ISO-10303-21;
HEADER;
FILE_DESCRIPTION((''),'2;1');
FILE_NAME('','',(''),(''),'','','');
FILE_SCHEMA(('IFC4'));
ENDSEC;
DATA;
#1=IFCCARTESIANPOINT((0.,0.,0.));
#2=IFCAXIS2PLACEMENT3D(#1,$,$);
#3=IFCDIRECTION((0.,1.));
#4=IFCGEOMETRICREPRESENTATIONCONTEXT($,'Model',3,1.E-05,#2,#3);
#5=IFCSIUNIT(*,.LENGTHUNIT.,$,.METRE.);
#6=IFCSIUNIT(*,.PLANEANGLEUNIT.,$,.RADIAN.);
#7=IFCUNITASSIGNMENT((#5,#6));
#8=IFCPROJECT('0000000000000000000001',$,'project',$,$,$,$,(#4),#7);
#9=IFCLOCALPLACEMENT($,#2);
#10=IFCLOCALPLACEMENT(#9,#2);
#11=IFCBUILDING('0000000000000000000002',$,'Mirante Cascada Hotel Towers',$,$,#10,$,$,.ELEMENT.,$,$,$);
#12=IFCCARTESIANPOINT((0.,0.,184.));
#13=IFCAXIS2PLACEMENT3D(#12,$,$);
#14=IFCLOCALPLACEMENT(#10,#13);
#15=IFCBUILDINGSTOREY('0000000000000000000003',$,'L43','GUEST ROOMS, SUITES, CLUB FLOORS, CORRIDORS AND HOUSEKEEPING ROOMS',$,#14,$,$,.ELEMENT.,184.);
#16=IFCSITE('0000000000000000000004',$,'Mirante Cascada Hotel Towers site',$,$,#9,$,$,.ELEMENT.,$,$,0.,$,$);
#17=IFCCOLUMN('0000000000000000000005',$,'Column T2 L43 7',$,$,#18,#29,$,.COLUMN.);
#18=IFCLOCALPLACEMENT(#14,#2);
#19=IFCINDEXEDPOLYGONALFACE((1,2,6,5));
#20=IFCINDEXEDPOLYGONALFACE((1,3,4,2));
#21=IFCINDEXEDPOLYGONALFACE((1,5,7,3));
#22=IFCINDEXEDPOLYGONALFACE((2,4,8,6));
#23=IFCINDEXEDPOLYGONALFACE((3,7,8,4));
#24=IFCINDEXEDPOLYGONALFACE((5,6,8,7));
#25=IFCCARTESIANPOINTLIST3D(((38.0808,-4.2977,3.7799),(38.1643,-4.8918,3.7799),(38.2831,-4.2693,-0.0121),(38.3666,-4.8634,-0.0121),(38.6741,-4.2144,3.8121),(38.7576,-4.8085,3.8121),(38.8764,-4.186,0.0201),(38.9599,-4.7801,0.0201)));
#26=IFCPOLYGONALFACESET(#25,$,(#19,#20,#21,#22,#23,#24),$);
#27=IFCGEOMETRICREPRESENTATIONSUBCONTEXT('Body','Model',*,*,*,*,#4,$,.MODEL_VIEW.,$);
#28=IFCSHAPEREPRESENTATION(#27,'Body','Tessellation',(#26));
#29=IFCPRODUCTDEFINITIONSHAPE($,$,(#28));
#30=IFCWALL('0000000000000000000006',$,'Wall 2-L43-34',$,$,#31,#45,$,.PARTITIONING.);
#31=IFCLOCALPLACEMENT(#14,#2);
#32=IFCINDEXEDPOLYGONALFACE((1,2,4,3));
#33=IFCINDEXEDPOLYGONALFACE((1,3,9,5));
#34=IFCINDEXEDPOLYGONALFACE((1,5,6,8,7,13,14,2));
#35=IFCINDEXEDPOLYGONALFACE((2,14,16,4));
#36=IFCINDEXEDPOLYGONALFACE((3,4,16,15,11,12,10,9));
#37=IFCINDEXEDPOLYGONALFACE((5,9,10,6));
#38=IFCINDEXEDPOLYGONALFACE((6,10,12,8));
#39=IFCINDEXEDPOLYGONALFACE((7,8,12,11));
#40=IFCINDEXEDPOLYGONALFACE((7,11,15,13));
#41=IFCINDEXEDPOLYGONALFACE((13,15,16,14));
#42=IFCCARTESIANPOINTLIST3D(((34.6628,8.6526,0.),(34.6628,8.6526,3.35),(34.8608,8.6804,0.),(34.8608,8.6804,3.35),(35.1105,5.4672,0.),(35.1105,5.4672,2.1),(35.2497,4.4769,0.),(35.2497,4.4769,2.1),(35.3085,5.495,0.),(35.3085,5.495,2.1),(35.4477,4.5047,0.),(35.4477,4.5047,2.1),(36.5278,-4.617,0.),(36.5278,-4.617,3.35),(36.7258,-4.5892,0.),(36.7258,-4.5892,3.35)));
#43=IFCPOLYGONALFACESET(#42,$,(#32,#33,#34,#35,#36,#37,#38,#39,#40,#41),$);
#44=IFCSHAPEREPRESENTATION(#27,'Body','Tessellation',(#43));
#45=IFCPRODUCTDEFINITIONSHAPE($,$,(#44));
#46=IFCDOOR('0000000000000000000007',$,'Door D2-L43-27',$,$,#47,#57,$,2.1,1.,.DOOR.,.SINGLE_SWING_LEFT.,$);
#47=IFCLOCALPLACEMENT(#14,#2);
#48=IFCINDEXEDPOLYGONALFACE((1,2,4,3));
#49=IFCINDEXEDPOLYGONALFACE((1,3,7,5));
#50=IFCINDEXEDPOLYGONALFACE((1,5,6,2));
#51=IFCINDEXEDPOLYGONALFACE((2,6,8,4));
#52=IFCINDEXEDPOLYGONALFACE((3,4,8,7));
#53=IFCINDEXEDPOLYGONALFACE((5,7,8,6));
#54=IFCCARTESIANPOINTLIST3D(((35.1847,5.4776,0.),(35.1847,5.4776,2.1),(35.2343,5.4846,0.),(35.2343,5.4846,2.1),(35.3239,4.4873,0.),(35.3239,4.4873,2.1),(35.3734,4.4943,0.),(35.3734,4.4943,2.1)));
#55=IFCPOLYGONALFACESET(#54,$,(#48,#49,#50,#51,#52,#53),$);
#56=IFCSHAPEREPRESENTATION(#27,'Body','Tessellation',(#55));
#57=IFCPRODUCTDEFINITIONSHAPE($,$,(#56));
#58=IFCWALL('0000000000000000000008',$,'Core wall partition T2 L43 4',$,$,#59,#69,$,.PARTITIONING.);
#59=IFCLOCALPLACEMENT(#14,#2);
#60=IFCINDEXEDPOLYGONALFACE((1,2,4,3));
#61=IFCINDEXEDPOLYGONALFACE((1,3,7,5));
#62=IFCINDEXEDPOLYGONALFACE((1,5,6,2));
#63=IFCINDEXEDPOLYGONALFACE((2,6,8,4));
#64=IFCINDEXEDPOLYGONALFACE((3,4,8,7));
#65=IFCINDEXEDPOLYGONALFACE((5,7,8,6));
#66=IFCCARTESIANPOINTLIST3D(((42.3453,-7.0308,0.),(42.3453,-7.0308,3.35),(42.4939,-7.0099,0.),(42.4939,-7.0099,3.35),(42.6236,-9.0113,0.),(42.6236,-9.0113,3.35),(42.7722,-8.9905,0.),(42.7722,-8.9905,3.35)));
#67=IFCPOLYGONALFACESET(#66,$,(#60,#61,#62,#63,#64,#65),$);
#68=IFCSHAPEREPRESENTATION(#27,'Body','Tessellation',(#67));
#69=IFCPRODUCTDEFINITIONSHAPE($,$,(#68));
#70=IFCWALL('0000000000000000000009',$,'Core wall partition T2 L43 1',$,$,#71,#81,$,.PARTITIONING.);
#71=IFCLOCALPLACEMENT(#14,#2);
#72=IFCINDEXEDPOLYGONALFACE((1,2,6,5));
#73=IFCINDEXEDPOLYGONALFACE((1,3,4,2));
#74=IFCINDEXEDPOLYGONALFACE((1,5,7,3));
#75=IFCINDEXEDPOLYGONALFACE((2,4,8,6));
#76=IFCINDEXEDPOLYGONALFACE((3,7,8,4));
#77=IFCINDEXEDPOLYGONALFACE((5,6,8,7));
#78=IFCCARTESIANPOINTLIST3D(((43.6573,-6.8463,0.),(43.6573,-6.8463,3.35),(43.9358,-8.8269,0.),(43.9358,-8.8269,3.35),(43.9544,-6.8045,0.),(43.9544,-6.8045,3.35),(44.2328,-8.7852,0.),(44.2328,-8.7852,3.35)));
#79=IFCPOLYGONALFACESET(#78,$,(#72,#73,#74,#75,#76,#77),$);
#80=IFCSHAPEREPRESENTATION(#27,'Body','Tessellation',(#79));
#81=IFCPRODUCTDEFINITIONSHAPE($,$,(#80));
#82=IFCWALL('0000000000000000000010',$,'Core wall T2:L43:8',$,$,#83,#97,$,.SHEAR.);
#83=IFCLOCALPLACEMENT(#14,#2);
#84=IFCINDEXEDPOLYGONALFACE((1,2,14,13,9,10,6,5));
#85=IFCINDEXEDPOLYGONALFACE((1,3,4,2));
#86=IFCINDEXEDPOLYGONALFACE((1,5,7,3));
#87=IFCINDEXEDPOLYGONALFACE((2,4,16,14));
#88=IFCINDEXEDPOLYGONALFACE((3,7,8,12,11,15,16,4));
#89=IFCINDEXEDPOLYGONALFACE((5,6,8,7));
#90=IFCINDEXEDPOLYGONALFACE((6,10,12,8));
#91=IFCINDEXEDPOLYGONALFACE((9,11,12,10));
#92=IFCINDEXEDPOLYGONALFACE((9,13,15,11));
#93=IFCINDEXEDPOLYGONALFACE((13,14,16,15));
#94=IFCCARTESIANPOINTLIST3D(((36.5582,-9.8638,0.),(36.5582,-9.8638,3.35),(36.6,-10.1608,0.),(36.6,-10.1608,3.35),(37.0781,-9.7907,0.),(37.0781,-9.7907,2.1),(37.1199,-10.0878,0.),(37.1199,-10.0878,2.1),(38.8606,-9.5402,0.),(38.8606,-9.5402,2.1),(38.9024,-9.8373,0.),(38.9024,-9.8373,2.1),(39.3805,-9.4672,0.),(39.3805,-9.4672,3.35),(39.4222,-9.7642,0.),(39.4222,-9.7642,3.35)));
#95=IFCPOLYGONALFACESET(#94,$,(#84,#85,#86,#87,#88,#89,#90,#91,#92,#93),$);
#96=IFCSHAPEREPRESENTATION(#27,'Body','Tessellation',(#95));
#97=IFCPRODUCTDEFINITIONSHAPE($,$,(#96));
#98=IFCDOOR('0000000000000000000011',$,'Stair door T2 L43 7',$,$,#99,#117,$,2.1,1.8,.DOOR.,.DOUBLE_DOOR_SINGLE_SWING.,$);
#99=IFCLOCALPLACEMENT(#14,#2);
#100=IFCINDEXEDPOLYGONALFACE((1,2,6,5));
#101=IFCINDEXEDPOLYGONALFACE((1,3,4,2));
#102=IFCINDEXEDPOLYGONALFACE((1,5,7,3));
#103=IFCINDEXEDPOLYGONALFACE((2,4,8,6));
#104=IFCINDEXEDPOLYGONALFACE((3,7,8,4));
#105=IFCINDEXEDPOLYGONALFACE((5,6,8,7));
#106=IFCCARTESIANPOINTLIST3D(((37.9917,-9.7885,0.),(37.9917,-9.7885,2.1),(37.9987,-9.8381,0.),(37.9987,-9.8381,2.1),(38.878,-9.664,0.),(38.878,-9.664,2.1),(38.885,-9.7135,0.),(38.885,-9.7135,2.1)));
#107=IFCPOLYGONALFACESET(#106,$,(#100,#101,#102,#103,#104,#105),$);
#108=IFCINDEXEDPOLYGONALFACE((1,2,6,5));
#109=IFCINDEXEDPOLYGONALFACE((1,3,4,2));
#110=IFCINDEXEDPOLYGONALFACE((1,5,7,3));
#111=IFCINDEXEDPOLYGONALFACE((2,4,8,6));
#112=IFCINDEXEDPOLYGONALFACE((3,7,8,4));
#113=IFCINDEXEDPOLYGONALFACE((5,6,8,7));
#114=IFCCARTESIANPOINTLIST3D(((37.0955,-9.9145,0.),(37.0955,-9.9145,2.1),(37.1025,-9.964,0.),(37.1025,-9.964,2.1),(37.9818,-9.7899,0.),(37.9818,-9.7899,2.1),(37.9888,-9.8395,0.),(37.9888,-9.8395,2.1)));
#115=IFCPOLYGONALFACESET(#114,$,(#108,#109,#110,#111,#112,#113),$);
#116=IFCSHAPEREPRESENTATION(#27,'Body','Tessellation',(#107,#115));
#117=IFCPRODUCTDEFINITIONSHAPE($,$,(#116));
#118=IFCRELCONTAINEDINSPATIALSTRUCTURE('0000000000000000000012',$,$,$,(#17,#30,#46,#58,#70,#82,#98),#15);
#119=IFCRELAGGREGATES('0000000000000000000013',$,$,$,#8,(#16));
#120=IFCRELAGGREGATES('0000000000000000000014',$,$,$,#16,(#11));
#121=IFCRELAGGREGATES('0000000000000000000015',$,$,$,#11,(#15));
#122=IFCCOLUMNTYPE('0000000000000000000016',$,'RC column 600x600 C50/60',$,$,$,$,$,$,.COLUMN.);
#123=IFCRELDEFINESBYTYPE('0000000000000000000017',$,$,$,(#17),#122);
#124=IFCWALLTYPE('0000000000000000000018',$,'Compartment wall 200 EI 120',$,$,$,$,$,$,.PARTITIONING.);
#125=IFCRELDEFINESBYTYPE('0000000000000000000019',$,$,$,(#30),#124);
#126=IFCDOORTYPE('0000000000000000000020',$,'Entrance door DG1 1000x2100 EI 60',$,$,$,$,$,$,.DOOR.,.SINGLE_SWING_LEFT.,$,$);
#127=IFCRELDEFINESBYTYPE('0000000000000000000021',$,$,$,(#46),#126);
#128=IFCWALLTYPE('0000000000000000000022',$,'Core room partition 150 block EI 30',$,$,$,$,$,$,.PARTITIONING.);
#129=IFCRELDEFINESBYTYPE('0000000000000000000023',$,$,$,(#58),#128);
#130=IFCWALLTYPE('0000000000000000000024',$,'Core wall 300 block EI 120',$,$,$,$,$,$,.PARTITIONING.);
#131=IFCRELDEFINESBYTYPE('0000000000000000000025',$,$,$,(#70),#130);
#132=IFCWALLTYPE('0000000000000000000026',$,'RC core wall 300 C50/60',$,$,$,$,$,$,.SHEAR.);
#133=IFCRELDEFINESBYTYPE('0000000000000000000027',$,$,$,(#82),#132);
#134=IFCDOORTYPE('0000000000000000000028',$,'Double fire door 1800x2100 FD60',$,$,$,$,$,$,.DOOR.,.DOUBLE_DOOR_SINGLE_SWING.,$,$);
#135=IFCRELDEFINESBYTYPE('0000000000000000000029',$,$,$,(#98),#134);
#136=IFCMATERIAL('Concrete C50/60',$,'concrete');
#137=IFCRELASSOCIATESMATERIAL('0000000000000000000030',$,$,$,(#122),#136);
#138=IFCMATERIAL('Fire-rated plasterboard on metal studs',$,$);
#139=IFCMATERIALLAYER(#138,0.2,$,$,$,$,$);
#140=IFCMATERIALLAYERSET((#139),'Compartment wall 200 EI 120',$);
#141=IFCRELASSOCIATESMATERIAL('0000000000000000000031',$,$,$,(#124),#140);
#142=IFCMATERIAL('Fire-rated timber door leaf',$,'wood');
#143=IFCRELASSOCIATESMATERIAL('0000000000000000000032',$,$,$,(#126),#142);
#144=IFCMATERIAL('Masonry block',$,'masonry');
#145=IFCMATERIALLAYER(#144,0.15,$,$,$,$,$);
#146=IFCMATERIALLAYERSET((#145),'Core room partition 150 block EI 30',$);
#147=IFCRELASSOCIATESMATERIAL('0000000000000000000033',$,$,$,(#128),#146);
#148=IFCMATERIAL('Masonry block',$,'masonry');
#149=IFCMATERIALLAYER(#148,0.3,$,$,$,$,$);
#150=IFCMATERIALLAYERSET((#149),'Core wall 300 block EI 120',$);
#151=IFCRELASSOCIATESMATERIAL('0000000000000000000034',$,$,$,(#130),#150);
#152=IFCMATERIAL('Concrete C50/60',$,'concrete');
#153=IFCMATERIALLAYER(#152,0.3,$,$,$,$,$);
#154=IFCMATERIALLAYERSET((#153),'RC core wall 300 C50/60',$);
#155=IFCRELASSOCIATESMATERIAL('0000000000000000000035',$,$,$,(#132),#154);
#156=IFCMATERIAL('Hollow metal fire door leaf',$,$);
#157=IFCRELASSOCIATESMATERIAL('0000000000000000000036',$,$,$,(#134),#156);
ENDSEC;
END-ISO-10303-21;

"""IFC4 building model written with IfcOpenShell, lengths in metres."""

from ifc_helpers import new_model, si_unit, direction, frame, frame_2d, origin, origin_2d, place, context, subcontext, project, spatial, rectangle, extrude, material, layer, layer_set, material_profile, profile_set, type_object, element, fill, save


model = new_model("IFC4")

# Units and contexts
model_context = context("Model", 3, precision=1e-05, world=origin(), true_north=direction((0.0, 1.0)))
body_context = subcontext(model_context, "Body", "Model", "MODEL_VIEW")
ifc_project = project(units=[si_unit("LENGTHUNIT", "METRE"), si_unit("PLANEANGLEUNIT", "RADIAN")], contexts=[model_context])

# Site, building, storey
site_placement = place(None, origin())
site = spatial("IfcSite", under=ifc_project, at=site_placement, Name="Mirante Cascada Hotel Towers site", CompositionType="ELEMENT", RefElevation=0.0)
building_placement = place(site_placement, origin())
building = spatial("IfcBuilding", under=site, at=building_placement, Name="Mirante Cascada Hotel Towers", CompositionType="ELEMENT")
storey_placement = place(building_placement, frame((0.0, 0.0, 184.0)))
storey = spatial("IfcBuildingStorey", under=building, at=storey_placement, Name="L43", Description="GUEST ROOMS, SUITES, CLUB FLOORS, CORRIDORS AND HOUSEKEEPING ROOMS", CompositionType="ELEMENT", Elevation=184.0)

# Column
ifc_material_1 = material(Name="Concrete C50/60", Category="concrete")
ifc_material_profile = material_profile(ifc_material_1, rectangle(XDim=0.6, YDim=0.6, at=origin_2d()), Name="RC column 600x600 C50/60")
ifc_profile_set = profile_set([ifc_material_profile], Name="Concrete C50/60")
column_type = type_object("IfcColumnType", Name="RC column 600x600 C50/60", PredefinedType="COLUMN", material=ifc_profile_set)
column_placement = place(storey_placement, frame((38.6215, -4.5247, 0.004), z_axis=(-0.053272, -0.007479, 0.998552), x_axis=(0.139022, -0.990289, 0.0)))
element("IfcColumn", 1, at=column_placement, inside=storey, type_object=column_type, Name="Column T2 L43 7", PredefinedType="COLUMN", context=body_context, shape_type="SweptSolid", body=[
    extrude(rectangle(XDim=0.6, YDim=0.6, at=origin_2d()), origin(), (0.0, 0.0, 1.0), 3.7975),
])

# Wall, opening, door
ifc_material_2 = material(Name="Fire-rated plasterboard on metal studs")
ifc_layer_1 = layer(ifc_material_2, 0.2)
ifc_layer_set_1 = layer_set([ifc_layer_1], Name="Compartment wall 200 EI 120")
wall_type_1 = type_object("IfcWallType", Name="Compartment wall 200 EI 120", PredefinedType="PARTITIONING", material=ifc_layer_set_1)
wall_1_placement = place(storey_placement, frame((36.6268, -4.6031, 0.0), z_axis=(0.0, 0.0, 1.0), x_axis=(-0.139179, 0.990267, 0.0)))
wall_1 = element("IfcWall", 2, at=wall_1_placement, inside=storey, type_object=wall_type_1, Name="Wall 2-L43-34", PredefinedType="PARTITIONING", context=body_context, shape_type="SweptSolid", body=[
    extrude(rectangle(XDim=13.4, YDim=0.2, at=frame_2d((6.7, 0.0))), origin(), (0.0, 0.0, 1.0), 3.35),
])
opening_1_placement = place(wall_1_placement, frame((9.1833, 0.0, 0.0)))
opening_1 = element("IfcOpeningElement", 3, at=opening_1_placement, cuts=wall_1, PredefinedType="OPENING", context=body_context, shape_type="SweptSolid", body=[
    extrude(rectangle(XDim=1.0, YDim=2.1, at=frame_2d((0.5, 1.05))), frame((0.0, 0.1, 0.0), z_axis=(0.0, -1.0, 0.0), x_axis=(1.0, 0.0, 0.0)), (0.0, 0.0, 1.0), 0.2),
])
ifc_material_3 = material(Name="Fire-rated timber door leaf", Category="wood")
door_type_1 = type_object("IfcDoorType", Name="Entrance door DG1 1000x2100 EI 60", OperationType="SINGLE_SWING_LEFT", PredefinedType="DOOR", material=ifc_material_3)
door_1_placement = place(opening_1_placement, origin())
door_1 = element("IfcDoor", 4, at=door_1_placement, inside=storey, type_object=door_type_1, Name="Door D2-L43-27", OperationType="SINGLE_SWING_LEFT", OverallHeight=2.1, OverallWidth=1.0, PredefinedType="DOOR", context=body_context, shape_type="SweptSolid", body=[
    extrude(rectangle(XDim=1.0, YDim=2.1, at=frame_2d((0.5, 1.05))), frame((0.0, 0.025, 0.0), z_axis=(0.0, -1.0, 0.0), x_axis=(1.0, 0.0, 0.0)), (0.0, 0.0, 1.0), 0.05),
])
fill(opening_1, door_1)

# Walls
ifc_material_4 = material(Name="Masonry block", Category="masonry")
ifc_layer_2 = layer(ifc_material_4, 0.15)
ifc_layer_set_2 = layer_set([ifc_layer_2], Name="Core room partition 150 block EI 30")
wall_type_2 = type_object("IfcWallType", Name="Core room partition 150 block EI 30", PredefinedType="PARTITIONING", material=ifc_layer_set_2)
wall_2_placement = place(storey_placement, frame((42.6979, -9.0009, 0.0), z_axis=(0.0, 0.0, 1.0), x_axis=(-0.139153, 0.990271, 0.0)))
element("IfcWall", 5, at=wall_2_placement, inside=storey, type_object=wall_type_2, Name="Core wall partition T2 L43 4", PredefinedType="PARTITIONING", context=body_context, shape_type="SweptSolid", body=[
    extrude(rectangle(XDim=2.0, YDim=0.15, at=frame_2d((1.0, 0.0))), origin(), (0.0, 0.0, 1.0), 3.35),
])
ifc_material_5 = material(Name="Masonry block", Category="masonry")
ifc_layer_3 = layer(ifc_material_5, 0.3)
ifc_layer_set_3 = layer_set([ifc_layer_3], Name="Core wall 300 block EI 120")
wall_type_3 = type_object("IfcWallType", Name="Core wall 300 block EI 120", PredefinedType="PARTITIONING", material=ifc_layer_set_3)
wall_3_placement = place(storey_placement, frame((44.0843, -8.8061, 0.0), z_axis=(0.0, 0.0, 1.0), x_axis=(-0.139195, 0.990265, 0.0)))
element("IfcWall", 6, at=wall_3_placement, inside=storey, type_object=wall_type_3, Name="Core wall partition T2 L43 1", PredefinedType="PARTITIONING", context=body_context, shape_type="SweptSolid", body=[
    extrude(rectangle(XDim=2.0001, YDim=0.3, at=frame_2d((1.0001, 0.0))), origin(), (0.0, 0.0, 1.0), 3.35),
])

# Wall, opening, door
ifc_material_6 = material(Name="Concrete C50/60", Category="concrete")
ifc_layer_4 = layer(ifc_material_6, 0.3)
ifc_layer_set_4 = layer_set([ifc_layer_4], Name="RC core wall 300 C50/60")
wall_type_4 = type_object("IfcWallType", Name="RC core wall 300 C50/60", PredefinedType="SHEAR", material=ifc_layer_set_4)
wall_4_placement = place(storey_placement, frame((36.5791, -10.0123, 0.0), z_axis=(0.0, 0.0, 1.0), x_axis=(0.99027, 0.139156, 0.0)))
wall_4 = element("IfcWall", 7, at=wall_4_placement, inside=storey, type_object=wall_type_4, Name="Core wall T2:L43:8", PredefinedType="SHEAR", context=body_context, shape_type="SweptSolid", body=[
    extrude(rectangle(XDim=2.85, YDim=0.3, at=frame_2d((1.425, 0.0))), origin(), (0.0, 0.0, 1.0), 3.35),
])
opening_2_placement = place(wall_4_placement, frame((0.525, 0.0, 0.0)))
opening_2 = element("IfcOpeningElement", 8, at=opening_2_placement, cuts=wall_4, PredefinedType="OPENING", context=body_context, shape_type="SweptSolid", body=[
    extrude(rectangle(XDim=1.8, YDim=2.1, at=frame_2d((0.9, 1.05))), frame((0.0, 0.15, 0.0), z_axis=(0.0, -1.0, 0.0), x_axis=(1.0, 0.0, 0.0)), (0.0, 0.0, 1.0), 0.3),
])
ifc_material_7 = material(Name="Hollow metal fire door leaf")
door_type_2 = type_object("IfcDoorType", Name="Double fire door 1800x2100 FD60", OperationType="DOUBLE_DOOR_SINGLE_SWING", PredefinedType="DOOR", material=ifc_material_7)
door_2_placement = place(opening_2_placement, frame((1.8, 0.0, 0.0), z_axis=(0.0, 0.0, 1.0), x_axis=(-1.0, 0.0, 0.0)))
door_2 = element("IfcDoor", 9, at=door_2_placement, inside=storey, type_object=door_type_2, Name="Stair door T2 L43 7", OperationType="DOUBLE_DOOR_SINGLE_SWING", OverallHeight=2.1, OverallWidth=1.8, PredefinedType="DOOR", context=body_context, shape_type="SweptSolid", body=[
    extrude(rectangle(XDim=0.895, YDim=2.1, at=frame_2d((0.4475, 1.05))), frame((0.0, 0.025, 0.0), z_axis=(0.0, -1.0, 0.0), x_axis=(1.0, 0.0, 0.0)), (0.0, 0.0, 1.0), 0.05),
    extrude(rectangle(XDim=0.895, YDim=2.1, at=frame_2d((1.3525, 1.05))), frame((0.0, 0.025, 0.0), z_axis=(0.0, -1.0, 0.0), x_axis=(1.0, 0.0, 0.0)), (0.0, 0.0, 1.0), 0.05),
])
fill(opening_2, door_2)

save(model, "model.ifc")
